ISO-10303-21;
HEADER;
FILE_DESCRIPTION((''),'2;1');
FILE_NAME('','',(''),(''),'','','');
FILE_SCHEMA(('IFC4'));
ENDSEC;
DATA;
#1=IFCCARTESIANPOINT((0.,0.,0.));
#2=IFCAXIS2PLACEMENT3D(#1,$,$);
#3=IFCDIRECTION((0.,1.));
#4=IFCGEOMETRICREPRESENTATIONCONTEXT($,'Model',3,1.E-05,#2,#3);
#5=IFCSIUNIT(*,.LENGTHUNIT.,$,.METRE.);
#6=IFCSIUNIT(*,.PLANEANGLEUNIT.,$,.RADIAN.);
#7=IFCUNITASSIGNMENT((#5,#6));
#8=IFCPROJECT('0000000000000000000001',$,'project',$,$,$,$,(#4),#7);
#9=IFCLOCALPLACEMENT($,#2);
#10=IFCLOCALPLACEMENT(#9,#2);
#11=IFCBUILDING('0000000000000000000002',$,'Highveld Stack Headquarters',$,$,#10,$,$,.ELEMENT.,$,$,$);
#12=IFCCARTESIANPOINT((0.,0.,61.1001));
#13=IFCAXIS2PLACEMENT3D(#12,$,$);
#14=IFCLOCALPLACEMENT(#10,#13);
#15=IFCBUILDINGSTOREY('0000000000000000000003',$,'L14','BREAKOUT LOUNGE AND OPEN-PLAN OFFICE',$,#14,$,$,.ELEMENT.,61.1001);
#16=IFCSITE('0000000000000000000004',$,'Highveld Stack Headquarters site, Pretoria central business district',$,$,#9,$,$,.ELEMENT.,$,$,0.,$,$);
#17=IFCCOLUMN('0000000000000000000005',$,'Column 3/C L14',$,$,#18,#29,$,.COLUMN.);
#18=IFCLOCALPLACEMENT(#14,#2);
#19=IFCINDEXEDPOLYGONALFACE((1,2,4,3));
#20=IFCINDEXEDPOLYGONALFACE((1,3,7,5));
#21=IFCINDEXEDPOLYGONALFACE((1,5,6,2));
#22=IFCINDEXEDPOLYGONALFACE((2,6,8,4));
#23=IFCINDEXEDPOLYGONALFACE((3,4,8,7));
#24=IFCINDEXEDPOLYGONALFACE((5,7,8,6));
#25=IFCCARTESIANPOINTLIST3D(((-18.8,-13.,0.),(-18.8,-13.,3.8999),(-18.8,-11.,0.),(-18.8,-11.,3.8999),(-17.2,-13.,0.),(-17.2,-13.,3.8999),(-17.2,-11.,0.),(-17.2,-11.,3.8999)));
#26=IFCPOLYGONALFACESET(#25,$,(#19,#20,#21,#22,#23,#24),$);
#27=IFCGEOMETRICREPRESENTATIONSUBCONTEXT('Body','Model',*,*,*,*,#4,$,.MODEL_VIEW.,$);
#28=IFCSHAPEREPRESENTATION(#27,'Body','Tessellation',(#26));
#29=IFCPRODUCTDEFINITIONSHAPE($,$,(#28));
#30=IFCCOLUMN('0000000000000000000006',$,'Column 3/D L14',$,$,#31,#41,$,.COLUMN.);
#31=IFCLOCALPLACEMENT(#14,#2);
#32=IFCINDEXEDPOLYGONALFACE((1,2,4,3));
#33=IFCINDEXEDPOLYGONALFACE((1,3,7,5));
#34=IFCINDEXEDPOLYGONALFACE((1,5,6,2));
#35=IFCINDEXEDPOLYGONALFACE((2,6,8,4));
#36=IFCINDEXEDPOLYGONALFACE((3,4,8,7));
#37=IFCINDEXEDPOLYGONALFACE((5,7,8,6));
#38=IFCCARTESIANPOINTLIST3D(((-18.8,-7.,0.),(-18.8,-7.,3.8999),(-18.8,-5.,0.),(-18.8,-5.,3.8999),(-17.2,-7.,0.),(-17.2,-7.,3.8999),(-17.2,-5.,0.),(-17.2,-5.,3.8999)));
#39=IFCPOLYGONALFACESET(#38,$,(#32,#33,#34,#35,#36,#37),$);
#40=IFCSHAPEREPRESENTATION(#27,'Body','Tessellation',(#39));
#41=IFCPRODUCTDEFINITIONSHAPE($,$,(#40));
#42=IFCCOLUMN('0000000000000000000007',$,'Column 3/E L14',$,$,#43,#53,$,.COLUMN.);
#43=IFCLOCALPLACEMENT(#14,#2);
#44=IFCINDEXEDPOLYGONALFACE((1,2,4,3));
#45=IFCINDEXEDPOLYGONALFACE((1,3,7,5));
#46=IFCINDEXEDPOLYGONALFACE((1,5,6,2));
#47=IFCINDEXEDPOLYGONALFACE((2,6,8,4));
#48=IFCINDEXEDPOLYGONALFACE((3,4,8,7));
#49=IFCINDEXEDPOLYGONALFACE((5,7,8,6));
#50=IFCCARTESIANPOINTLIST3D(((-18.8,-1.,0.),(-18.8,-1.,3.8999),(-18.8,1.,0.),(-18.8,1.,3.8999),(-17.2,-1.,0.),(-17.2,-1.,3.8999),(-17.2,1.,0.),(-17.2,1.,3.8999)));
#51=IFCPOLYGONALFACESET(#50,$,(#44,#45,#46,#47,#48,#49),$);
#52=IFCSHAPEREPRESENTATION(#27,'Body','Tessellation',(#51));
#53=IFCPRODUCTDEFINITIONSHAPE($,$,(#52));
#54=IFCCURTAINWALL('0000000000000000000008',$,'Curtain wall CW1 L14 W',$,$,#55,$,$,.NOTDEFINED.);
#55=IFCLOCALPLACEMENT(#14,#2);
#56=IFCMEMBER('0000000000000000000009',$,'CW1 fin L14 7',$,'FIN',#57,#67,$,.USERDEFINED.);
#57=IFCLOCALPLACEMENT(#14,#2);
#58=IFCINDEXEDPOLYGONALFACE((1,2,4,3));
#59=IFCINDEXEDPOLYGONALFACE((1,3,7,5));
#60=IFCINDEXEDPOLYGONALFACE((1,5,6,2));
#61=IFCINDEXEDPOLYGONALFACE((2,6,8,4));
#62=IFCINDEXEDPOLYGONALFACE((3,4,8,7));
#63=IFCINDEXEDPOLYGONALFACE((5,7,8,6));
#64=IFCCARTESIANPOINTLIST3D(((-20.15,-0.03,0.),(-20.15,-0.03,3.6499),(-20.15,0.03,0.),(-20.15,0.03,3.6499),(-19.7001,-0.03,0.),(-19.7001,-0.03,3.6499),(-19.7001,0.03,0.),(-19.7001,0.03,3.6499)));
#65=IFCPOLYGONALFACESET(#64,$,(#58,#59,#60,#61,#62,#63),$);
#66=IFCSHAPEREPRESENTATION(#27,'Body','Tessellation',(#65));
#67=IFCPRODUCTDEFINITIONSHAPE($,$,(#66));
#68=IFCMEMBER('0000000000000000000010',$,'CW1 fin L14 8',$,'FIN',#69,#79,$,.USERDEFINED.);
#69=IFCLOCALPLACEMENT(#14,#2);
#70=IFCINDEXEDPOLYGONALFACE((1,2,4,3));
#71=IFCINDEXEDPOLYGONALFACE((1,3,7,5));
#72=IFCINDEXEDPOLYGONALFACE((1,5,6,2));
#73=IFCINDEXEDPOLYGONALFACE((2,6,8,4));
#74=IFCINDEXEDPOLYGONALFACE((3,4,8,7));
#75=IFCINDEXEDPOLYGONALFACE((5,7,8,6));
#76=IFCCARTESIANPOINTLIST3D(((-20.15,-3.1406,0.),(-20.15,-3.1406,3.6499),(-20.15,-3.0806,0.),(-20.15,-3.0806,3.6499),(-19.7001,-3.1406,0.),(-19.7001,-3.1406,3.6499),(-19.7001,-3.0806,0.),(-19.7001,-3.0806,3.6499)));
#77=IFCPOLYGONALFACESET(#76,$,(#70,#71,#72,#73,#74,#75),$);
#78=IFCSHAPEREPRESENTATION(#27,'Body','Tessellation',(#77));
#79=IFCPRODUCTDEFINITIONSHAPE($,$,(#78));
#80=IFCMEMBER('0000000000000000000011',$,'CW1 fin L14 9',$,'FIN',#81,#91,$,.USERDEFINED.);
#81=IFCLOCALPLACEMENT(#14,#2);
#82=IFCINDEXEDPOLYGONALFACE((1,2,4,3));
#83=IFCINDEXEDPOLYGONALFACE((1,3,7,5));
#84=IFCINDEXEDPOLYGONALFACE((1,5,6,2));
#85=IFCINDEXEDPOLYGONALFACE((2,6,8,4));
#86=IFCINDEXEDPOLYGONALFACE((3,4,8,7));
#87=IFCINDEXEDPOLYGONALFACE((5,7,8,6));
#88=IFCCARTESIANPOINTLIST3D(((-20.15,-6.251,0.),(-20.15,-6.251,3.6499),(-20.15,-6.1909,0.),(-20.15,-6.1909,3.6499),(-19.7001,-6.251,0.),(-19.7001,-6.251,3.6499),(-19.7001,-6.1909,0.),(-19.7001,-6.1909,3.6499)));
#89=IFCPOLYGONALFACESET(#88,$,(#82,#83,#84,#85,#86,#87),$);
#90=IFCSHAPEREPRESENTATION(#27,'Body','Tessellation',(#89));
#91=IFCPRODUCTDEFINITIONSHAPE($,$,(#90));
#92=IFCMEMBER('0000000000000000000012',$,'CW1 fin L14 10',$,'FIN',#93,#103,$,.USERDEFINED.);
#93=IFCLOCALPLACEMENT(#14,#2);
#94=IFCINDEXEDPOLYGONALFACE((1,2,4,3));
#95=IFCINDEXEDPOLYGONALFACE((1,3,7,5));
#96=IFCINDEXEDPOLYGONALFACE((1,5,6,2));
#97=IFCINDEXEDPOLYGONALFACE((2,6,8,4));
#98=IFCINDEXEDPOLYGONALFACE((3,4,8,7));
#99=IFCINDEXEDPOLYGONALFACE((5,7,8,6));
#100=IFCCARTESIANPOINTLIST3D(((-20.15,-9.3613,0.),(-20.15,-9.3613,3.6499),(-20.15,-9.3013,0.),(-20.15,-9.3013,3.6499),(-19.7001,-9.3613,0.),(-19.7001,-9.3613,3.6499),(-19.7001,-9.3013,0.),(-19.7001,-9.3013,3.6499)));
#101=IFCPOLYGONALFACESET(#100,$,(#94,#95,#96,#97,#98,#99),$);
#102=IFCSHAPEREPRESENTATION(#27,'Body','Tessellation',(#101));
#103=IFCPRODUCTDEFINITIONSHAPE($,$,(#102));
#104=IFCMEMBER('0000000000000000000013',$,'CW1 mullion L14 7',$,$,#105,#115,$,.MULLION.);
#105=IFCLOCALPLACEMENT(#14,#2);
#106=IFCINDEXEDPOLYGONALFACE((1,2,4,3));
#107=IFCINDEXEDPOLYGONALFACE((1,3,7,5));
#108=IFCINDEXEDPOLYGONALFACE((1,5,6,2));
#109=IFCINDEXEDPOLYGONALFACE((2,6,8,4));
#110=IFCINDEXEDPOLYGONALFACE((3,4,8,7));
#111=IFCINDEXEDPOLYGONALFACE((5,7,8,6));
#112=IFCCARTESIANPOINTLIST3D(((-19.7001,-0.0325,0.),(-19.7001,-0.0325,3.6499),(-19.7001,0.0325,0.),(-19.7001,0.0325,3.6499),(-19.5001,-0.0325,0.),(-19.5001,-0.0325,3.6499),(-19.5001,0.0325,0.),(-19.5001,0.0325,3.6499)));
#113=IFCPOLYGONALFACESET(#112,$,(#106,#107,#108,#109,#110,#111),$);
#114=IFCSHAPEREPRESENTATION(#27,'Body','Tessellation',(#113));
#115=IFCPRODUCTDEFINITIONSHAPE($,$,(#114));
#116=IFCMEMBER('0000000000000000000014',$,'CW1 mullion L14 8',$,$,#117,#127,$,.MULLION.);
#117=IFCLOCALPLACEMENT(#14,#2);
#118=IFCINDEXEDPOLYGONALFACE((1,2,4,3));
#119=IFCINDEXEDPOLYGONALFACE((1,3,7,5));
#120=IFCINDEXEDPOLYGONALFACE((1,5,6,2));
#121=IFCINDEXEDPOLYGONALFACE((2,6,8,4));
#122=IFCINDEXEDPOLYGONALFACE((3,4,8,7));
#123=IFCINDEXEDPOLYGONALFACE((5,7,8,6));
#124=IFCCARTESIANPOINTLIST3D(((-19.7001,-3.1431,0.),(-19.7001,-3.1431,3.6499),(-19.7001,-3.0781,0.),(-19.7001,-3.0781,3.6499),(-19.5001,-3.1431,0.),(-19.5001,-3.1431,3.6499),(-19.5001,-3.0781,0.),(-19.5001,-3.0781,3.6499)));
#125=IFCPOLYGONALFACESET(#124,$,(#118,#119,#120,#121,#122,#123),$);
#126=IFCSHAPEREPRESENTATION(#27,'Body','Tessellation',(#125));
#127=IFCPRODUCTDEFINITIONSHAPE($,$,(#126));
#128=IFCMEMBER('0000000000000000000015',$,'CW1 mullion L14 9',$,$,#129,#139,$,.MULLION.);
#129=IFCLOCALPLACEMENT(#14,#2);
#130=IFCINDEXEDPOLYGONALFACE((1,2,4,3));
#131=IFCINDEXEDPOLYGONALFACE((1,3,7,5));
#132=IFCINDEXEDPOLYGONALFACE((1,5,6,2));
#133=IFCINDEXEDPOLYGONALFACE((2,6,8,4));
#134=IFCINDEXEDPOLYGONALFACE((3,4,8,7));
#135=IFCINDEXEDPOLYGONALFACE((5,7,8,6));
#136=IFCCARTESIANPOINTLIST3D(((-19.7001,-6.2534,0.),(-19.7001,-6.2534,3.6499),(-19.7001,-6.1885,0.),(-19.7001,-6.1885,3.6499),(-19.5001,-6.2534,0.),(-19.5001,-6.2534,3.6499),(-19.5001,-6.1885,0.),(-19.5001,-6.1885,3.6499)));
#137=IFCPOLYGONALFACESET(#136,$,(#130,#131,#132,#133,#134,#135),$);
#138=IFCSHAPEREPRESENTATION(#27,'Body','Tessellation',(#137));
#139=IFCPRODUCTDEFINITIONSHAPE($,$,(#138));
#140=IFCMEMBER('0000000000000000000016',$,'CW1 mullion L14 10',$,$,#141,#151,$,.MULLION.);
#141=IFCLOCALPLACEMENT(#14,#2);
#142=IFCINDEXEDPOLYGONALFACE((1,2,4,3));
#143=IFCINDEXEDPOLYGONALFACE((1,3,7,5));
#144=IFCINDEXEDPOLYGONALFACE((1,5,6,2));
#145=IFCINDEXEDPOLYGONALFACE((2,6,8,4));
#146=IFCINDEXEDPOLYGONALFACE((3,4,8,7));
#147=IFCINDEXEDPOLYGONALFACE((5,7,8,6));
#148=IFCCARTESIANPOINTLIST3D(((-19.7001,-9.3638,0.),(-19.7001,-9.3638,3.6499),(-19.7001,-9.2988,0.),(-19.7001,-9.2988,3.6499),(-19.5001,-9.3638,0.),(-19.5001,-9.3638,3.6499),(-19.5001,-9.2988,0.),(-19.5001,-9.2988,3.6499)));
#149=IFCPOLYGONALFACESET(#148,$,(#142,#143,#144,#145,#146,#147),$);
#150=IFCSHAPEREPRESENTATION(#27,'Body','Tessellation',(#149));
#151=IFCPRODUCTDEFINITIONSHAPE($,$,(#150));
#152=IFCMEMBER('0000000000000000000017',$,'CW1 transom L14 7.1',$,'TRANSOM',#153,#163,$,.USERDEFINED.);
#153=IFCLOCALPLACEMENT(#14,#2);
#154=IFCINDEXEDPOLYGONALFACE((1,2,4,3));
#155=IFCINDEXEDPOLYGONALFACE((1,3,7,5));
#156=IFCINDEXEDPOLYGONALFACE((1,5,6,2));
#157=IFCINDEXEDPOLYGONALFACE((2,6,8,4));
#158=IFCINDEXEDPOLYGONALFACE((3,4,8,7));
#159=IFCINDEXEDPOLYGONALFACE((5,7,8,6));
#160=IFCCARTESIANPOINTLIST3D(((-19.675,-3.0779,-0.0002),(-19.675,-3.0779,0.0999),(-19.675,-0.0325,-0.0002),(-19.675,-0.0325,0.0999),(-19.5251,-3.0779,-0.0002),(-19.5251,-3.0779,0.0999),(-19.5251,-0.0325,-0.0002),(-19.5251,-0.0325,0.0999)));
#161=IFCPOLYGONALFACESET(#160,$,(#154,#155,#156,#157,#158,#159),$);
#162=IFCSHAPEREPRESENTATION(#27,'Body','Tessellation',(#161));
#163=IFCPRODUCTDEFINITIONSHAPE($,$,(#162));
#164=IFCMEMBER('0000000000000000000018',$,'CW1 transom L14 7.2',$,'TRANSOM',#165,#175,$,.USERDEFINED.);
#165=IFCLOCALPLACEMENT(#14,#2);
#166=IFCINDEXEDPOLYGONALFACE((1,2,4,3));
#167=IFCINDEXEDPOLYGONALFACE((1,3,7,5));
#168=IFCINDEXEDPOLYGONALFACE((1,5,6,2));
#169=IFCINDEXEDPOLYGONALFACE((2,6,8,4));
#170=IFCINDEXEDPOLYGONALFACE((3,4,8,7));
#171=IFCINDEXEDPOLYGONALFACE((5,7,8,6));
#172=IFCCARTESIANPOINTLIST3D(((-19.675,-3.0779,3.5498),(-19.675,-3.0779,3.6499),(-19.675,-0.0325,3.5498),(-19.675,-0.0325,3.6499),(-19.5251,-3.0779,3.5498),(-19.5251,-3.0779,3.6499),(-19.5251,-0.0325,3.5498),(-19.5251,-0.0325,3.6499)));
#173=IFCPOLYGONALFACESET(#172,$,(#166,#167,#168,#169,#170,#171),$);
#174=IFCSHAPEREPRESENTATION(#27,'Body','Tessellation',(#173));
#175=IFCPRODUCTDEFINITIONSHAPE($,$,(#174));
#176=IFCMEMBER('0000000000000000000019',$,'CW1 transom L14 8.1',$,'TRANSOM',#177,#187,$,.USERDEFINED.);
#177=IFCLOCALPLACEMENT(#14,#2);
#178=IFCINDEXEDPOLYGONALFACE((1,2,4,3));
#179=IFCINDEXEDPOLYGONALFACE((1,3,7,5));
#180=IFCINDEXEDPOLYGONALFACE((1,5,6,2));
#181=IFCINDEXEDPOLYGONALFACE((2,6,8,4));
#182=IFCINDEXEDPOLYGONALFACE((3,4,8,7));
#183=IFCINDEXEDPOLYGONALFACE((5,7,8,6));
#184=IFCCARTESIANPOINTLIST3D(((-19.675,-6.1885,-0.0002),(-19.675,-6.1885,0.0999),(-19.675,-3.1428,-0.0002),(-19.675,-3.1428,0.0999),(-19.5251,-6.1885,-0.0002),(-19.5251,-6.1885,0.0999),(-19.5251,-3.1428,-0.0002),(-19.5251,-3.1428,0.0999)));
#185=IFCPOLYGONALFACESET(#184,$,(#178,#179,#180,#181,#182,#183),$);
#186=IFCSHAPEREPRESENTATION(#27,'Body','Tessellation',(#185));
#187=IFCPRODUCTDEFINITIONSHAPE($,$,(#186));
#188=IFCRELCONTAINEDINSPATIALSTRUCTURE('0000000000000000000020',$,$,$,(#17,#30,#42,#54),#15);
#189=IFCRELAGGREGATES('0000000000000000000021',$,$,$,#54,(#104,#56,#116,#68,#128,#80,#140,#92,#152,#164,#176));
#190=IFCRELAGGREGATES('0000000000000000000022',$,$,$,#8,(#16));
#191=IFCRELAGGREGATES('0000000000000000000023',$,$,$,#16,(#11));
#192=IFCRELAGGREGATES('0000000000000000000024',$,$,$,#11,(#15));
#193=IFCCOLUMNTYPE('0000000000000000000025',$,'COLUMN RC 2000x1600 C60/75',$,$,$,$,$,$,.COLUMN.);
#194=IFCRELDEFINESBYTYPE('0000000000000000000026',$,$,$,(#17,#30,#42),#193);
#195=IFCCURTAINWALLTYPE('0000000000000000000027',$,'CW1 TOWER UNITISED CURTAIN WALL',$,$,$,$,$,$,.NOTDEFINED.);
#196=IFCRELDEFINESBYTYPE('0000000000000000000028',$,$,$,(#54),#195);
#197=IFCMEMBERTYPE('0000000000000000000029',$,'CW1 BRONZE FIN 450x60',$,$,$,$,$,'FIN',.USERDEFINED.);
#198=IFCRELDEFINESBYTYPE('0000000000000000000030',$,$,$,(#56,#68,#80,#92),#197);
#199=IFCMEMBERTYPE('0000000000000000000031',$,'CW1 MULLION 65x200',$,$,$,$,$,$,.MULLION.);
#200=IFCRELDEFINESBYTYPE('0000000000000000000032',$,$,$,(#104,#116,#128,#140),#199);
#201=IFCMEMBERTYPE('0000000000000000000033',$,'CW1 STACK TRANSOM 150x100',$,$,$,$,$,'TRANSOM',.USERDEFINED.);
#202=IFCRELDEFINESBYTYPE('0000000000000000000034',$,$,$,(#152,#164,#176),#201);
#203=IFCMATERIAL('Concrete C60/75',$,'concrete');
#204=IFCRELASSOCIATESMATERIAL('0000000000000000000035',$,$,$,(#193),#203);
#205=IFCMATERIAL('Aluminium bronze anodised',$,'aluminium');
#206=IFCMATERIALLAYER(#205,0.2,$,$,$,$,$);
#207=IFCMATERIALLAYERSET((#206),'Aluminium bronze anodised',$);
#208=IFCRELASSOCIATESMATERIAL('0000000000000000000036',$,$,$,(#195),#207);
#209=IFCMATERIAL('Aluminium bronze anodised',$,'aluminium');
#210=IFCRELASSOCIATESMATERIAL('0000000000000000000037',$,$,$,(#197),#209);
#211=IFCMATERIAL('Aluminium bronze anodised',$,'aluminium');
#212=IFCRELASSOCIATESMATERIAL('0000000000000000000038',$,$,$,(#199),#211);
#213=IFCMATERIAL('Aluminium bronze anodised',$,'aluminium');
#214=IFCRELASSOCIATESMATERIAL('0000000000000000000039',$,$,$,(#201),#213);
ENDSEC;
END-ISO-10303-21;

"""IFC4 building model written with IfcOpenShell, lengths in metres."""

from ifc_helpers import new_model, si_unit, direction, frame, origin, origin_2d, place, context, subcontext, project, spatial, rectangle, extrude, material, layer, layer_set, material_profile, profile_set, type_object, element, aggregate, save


model = new_model("IFC4")

# Units and contexts
model_context = context("Model", 3, precision=1e-05, world=origin(), true_north=direction((0.0, 1.0)))
body_context = subcontext(model_context, "Body", "Model", "MODEL_VIEW")
ifc_project = project(units=[si_unit("LENGTHUNIT", "METRE"), si_unit("PLANEANGLEUNIT", "RADIAN")], contexts=[model_context])

# Site, building, storey
site_placement = place(None, origin())
site = spatial("IfcSite", under=ifc_project, at=site_placement, Name="Highveld Stack Headquarters site, Pretoria central business district", CompositionType="ELEMENT", RefElevation=0.0)
building_placement = place(site_placement, origin())
building = spatial("IfcBuilding", under=site, at=building_placement, Name="Highveld Stack Headquarters", CompositionType="ELEMENT")
storey_placement = place(building_placement, frame((0.0, 0.0, 61.1001)))
storey = spatial("IfcBuildingStorey", under=building, at=storey_placement, Name="L14", Description="BREAKOUT LOUNGE AND OPEN-PLAN OFFICE", CompositionType="ELEMENT", Elevation=61.1001)

# Columns
ifc_material_1 = material(Name="Concrete C60/75", Category="concrete")
ifc_material_profile_1 = material_profile(ifc_material_1, rectangle(XDim=2.0, YDim=1.6001, at=origin_2d()), Name="RC 2000x1600")
ifc_profile_set_1 = profile_set([ifc_material_profile_1], Name="Concrete C60/75")
column_type = type_object("IfcColumnType", Name="COLUMN RC 2000x1600 C60/75", PredefinedType="COLUMN", material=ifc_profile_set_1)
for number, where, z_axis, x_axis, name in (
    (1, (-18.0, -12.0, 0.0), (0.0, 0.0, 1.0), (0.0, 1.0, 0.0), "Column 3/C L14"),
    (2, (-18.0, -6.0, 0.0), (0.0, 0.0, 1.0), (0.0, 1.0, 0.0), "Column 3/D L14"),
    (3, (-18.0, 0.0, 0.0), (0.0, 0.0, 1.0), (0.0, 1.0, 0.0), "Column 3/E L14"),
):
    element("IfcColumn", number, at=place(storey_placement, frame(where, z_axis=z_axis, x_axis=x_axis)), inside=storey, type_object=column_type, Name=name, PredefinedType="COLUMN", context=body_context, shape_type="SweptSolid", body=[
        extrude(rectangle(XDim=2.0, YDim=1.6001, at=origin_2d()), origin(), (0.0, 0.0, 1.0), 3.8999),
    ])

# Curtain wall, members
ifc_material_2 = material(Name="Aluminium bronze anodised", Category="aluminium")
ifc_layer_1 = layer(ifc_material_2, 0.2)
ifc_layer_set_1 = layer_set([ifc_layer_1], Name="Aluminium bronze anodised")
curtain_wall_type = type_object("IfcCurtainWallType", Name="CW1 TOWER UNITISED CURTAIN WALL", PredefinedType="NOTDEFINED", material=ifc_layer_set_1)
curtain_wall_placement = place(storey_placement, origin())
curtain_wall = element("IfcCurtainWall", 4, at=curtain_wall_placement, inside=storey, type_object=curtain_wall_type, Name="Curtain wall CW1 L14 W", PredefinedType="NOTDEFINED")
ifc_material_3 = material(Name="Aluminium bronze anodised", Category="aluminium")
ifc_material_profile_2 = material_profile(ifc_material_3, rectangle(XDim=0.45, YDim=0.0601, at=origin_2d()), Name="FIN 450x60")
ifc_profile_set_2 = profile_set([ifc_material_profile_2], Name="Aluminium bronze anodised")
member_type_1 = type_object("IfcMemberType", Name="CW1 BRONZE FIN 450x60", ElementType="FIN", PredefinedType="USERDEFINED", material=ifc_profile_set_2)
member_1_placement = place(storey_placement, frame((-19.925, 0.0, 0.0), z_axis=(0.0, 0.0, 1.0), x_axis=(1.0, 0.0, 0.0)))
member_1 = element("IfcMember", 5, at=member_1_placement, type_object=member_type_1, Name="CW1 fin L14 7", ObjectType="FIN", PredefinedType="USERDEFINED", context=body_context, shape_type="SweptSolid", body=[
    extrude(rectangle(XDim=0.45, YDim=0.0601, at=origin_2d()), origin(), (0.0, 0.0, 1.0), 3.6499),
])
member_2_placement = place(storey_placement, frame((-19.925, -3.1106, 0.0), z_axis=(0.0, 0.0, 1.0), x_axis=(1.0, 0.0, 0.0)))
member_2 = element("IfcMember", 6, at=member_2_placement, type_object=member_type_1, Name="CW1 fin L14 8", ObjectType="FIN", PredefinedType="USERDEFINED", context=body_context, shape_type="SweptSolid", body=[
    extrude(rectangle(XDim=0.45, YDim=0.0601, at=origin_2d()), origin(), (0.0, 0.0, 1.0), 3.6499),
])
member_3_placement = place(storey_placement, frame((-19.925, -6.2209, 0.0), z_axis=(0.0, 0.0, 1.0), x_axis=(1.0, 0.0, 0.0)))
member_3 = element("IfcMember", 7, at=member_3_placement, type_object=member_type_1, Name="CW1 fin L14 9", ObjectType="FIN", PredefinedType="USERDEFINED", context=body_context, shape_type="SweptSolid", body=[
    extrude(rectangle(XDim=0.45, YDim=0.0601, at=origin_2d()), origin(), (0.0, 0.0, 1.0), 3.6499),
])
member_4_placement = place(storey_placement, frame((-19.925, -9.3313, 0.0), z_axis=(0.0, 0.0, 1.0), x_axis=(1.0, 0.0, 0.0)))
member_4 = element("IfcMember", 8, at=member_4_placement, type_object=member_type_1, Name="CW1 fin L14 10", ObjectType="FIN", PredefinedType="USERDEFINED", context=body_context, shape_type="SweptSolid", body=[
    extrude(rectangle(XDim=0.45, YDim=0.0601, at=origin_2d()), origin(), (0.0, 0.0, 1.0), 3.6499),
])
ifc_material_4 = material(Name="Aluminium bronze anodised", Category="aluminium")
ifc_material_profile_3 = material_profile(ifc_material_4, rectangle(XDim=0.2, YDim=0.0649, at=origin_2d()), Name="CW1 MULLION 65x200")
ifc_profile_set_3 = profile_set([ifc_material_profile_3], Name="Aluminium bronze anodised")
member_type_2 = type_object("IfcMemberType", Name="CW1 MULLION 65x200", PredefinedType="MULLION", material=ifc_profile_set_3)
member_5_placement = place(storey_placement, frame((-19.6001, 0.0, 0.0), z_axis=(0.0, 0.0, 1.0), x_axis=(1.0, 0.0, 0.0)))
member_5 = element("IfcMember", 9, at=member_5_placement, type_object=member_type_2, Name="CW1 mullion L14 7", PredefinedType="MULLION", context=body_context, shape_type="SweptSolid", body=[
    extrude(rectangle(XDim=0.2, YDim=0.0649, at=origin_2d()), origin(), (0.0, 0.0, 1.0), 3.6499),
])
member_6_placement = place(storey_placement, frame((-19.6001, -3.1106, 0.0), z_axis=(0.0, 0.0, 1.0), x_axis=(1.0, 0.0, 0.0)))
member_6 = element("IfcMember", 10, at=member_6_placement, type_object=member_type_2, Name="CW1 mullion L14 8", PredefinedType="MULLION", context=body_context, shape_type="SweptSolid", body=[
    extrude(rectangle(XDim=0.2, YDim=0.0649, at=origin_2d()), origin(), (0.0, 0.0, 1.0), 3.6499),
])
member_7_placement = place(storey_placement, frame((-19.6001, -6.2209, 0.0), z_axis=(0.0, 0.0, 1.0), x_axis=(1.0, 0.0, 0.0)))
member_7 = element("IfcMember", 11, at=member_7_placement, type_object=member_type_2, Name="CW1 mullion L14 9", PredefinedType="MULLION", context=body_context, shape_type="SweptSolid", body=[
    extrude(rectangle(XDim=0.2, YDim=0.0649, at=origin_2d()), origin(), (0.0, 0.0, 1.0), 3.6499),
])
member_8_placement = place(storey_placement, frame((-19.6001, -9.3313, 0.0), z_axis=(0.0, 0.0, 1.0), x_axis=(1.0, 0.0, 0.0)))
member_8 = element("IfcMember", 12, at=member_8_placement, type_object=member_type_2, Name="CW1 mullion L14 10", PredefinedType="MULLION", context=body_context, shape_type="SweptSolid", body=[
    extrude(rectangle(XDim=0.2, YDim=0.0649, at=origin_2d()), origin(), (0.0, 0.0, 1.0), 3.6499),
])
ifc_material_5 = material(Name="Aluminium bronze anodised", Category="aluminium")
ifc_material_profile_4 = material_profile(ifc_material_5, rectangle(XDim=0.1499, YDim=0.1001, at=origin_2d()), Name="CW1 TRANSOM 150x100")
ifc_profile_set_4 = profile_set([ifc_material_profile_4], Name="Aluminium bronze anodised")
member_type_3 = type_object("IfcMemberType", Name="CW1 STACK TRANSOM 150x100", ElementType="TRANSOM", PredefinedType="USERDEFINED", material=ifc_profile_set_4)
member_9_placement = place(storey_placement, frame((-19.6001, -0.0325, 0.0498), z_axis=(0.0, -1.0, 0.0), x_axis=(1.0, 0.0, 0.0)))
member_9 = element("IfcMember", 13, at=member_9_placement, type_object=member_type_3, Name="CW1 transom L14 7.1", ObjectType="TRANSOM", PredefinedType="USERDEFINED", context=body_context, shape_type="SweptSolid", body=[
    extrude(rectangle(XDim=0.1499, YDim=0.1001, at=origin_2d()), origin(), (0.0, 0.0, 1.0), 3.0454),
])
member_10_placement = place(storey_placement, frame((-19.6001, -0.0325, 3.5999), z_axis=(0.0, -1.0, 0.0), x_axis=(1.0, 0.0, 0.0)))
member_10 = element("IfcMember", 14, at=member_10_placement, type_object=member_type_3, Name="CW1 transom L14 7.2", ObjectType="TRANSOM", PredefinedType="USERDEFINED", context=body_context, shape_type="SweptSolid", body=[
    extrude(rectangle(XDim=0.1499, YDim=0.1001, at=origin_2d()), origin(), (0.0, 0.0, 1.0), 3.0454),
])
member_11_placement = place(storey_placement, frame((-19.6001, -3.1428, 0.0498), z_axis=(0.0, -1.0, 0.0), x_axis=(1.0, 0.0, 0.0)))
member_11 = element("IfcMember", 15, at=member_11_placement, type_object=member_type_3, Name="CW1 transom L14 8.1", ObjectType="TRANSOM", PredefinedType="USERDEFINED", context=body_context, shape_type="SweptSolid", body=[
    extrude(rectangle(XDim=0.1499, YDim=0.1001, at=origin_2d()), origin(), (0.0, 0.0, 1.0), 3.0457),
])
aggregate(curtain_wall, [member_5, member_1, member_6, member_2, member_7, member_3, member_8, member_4, member_9, member_10, member_11])

save(model, "model.ifc")
